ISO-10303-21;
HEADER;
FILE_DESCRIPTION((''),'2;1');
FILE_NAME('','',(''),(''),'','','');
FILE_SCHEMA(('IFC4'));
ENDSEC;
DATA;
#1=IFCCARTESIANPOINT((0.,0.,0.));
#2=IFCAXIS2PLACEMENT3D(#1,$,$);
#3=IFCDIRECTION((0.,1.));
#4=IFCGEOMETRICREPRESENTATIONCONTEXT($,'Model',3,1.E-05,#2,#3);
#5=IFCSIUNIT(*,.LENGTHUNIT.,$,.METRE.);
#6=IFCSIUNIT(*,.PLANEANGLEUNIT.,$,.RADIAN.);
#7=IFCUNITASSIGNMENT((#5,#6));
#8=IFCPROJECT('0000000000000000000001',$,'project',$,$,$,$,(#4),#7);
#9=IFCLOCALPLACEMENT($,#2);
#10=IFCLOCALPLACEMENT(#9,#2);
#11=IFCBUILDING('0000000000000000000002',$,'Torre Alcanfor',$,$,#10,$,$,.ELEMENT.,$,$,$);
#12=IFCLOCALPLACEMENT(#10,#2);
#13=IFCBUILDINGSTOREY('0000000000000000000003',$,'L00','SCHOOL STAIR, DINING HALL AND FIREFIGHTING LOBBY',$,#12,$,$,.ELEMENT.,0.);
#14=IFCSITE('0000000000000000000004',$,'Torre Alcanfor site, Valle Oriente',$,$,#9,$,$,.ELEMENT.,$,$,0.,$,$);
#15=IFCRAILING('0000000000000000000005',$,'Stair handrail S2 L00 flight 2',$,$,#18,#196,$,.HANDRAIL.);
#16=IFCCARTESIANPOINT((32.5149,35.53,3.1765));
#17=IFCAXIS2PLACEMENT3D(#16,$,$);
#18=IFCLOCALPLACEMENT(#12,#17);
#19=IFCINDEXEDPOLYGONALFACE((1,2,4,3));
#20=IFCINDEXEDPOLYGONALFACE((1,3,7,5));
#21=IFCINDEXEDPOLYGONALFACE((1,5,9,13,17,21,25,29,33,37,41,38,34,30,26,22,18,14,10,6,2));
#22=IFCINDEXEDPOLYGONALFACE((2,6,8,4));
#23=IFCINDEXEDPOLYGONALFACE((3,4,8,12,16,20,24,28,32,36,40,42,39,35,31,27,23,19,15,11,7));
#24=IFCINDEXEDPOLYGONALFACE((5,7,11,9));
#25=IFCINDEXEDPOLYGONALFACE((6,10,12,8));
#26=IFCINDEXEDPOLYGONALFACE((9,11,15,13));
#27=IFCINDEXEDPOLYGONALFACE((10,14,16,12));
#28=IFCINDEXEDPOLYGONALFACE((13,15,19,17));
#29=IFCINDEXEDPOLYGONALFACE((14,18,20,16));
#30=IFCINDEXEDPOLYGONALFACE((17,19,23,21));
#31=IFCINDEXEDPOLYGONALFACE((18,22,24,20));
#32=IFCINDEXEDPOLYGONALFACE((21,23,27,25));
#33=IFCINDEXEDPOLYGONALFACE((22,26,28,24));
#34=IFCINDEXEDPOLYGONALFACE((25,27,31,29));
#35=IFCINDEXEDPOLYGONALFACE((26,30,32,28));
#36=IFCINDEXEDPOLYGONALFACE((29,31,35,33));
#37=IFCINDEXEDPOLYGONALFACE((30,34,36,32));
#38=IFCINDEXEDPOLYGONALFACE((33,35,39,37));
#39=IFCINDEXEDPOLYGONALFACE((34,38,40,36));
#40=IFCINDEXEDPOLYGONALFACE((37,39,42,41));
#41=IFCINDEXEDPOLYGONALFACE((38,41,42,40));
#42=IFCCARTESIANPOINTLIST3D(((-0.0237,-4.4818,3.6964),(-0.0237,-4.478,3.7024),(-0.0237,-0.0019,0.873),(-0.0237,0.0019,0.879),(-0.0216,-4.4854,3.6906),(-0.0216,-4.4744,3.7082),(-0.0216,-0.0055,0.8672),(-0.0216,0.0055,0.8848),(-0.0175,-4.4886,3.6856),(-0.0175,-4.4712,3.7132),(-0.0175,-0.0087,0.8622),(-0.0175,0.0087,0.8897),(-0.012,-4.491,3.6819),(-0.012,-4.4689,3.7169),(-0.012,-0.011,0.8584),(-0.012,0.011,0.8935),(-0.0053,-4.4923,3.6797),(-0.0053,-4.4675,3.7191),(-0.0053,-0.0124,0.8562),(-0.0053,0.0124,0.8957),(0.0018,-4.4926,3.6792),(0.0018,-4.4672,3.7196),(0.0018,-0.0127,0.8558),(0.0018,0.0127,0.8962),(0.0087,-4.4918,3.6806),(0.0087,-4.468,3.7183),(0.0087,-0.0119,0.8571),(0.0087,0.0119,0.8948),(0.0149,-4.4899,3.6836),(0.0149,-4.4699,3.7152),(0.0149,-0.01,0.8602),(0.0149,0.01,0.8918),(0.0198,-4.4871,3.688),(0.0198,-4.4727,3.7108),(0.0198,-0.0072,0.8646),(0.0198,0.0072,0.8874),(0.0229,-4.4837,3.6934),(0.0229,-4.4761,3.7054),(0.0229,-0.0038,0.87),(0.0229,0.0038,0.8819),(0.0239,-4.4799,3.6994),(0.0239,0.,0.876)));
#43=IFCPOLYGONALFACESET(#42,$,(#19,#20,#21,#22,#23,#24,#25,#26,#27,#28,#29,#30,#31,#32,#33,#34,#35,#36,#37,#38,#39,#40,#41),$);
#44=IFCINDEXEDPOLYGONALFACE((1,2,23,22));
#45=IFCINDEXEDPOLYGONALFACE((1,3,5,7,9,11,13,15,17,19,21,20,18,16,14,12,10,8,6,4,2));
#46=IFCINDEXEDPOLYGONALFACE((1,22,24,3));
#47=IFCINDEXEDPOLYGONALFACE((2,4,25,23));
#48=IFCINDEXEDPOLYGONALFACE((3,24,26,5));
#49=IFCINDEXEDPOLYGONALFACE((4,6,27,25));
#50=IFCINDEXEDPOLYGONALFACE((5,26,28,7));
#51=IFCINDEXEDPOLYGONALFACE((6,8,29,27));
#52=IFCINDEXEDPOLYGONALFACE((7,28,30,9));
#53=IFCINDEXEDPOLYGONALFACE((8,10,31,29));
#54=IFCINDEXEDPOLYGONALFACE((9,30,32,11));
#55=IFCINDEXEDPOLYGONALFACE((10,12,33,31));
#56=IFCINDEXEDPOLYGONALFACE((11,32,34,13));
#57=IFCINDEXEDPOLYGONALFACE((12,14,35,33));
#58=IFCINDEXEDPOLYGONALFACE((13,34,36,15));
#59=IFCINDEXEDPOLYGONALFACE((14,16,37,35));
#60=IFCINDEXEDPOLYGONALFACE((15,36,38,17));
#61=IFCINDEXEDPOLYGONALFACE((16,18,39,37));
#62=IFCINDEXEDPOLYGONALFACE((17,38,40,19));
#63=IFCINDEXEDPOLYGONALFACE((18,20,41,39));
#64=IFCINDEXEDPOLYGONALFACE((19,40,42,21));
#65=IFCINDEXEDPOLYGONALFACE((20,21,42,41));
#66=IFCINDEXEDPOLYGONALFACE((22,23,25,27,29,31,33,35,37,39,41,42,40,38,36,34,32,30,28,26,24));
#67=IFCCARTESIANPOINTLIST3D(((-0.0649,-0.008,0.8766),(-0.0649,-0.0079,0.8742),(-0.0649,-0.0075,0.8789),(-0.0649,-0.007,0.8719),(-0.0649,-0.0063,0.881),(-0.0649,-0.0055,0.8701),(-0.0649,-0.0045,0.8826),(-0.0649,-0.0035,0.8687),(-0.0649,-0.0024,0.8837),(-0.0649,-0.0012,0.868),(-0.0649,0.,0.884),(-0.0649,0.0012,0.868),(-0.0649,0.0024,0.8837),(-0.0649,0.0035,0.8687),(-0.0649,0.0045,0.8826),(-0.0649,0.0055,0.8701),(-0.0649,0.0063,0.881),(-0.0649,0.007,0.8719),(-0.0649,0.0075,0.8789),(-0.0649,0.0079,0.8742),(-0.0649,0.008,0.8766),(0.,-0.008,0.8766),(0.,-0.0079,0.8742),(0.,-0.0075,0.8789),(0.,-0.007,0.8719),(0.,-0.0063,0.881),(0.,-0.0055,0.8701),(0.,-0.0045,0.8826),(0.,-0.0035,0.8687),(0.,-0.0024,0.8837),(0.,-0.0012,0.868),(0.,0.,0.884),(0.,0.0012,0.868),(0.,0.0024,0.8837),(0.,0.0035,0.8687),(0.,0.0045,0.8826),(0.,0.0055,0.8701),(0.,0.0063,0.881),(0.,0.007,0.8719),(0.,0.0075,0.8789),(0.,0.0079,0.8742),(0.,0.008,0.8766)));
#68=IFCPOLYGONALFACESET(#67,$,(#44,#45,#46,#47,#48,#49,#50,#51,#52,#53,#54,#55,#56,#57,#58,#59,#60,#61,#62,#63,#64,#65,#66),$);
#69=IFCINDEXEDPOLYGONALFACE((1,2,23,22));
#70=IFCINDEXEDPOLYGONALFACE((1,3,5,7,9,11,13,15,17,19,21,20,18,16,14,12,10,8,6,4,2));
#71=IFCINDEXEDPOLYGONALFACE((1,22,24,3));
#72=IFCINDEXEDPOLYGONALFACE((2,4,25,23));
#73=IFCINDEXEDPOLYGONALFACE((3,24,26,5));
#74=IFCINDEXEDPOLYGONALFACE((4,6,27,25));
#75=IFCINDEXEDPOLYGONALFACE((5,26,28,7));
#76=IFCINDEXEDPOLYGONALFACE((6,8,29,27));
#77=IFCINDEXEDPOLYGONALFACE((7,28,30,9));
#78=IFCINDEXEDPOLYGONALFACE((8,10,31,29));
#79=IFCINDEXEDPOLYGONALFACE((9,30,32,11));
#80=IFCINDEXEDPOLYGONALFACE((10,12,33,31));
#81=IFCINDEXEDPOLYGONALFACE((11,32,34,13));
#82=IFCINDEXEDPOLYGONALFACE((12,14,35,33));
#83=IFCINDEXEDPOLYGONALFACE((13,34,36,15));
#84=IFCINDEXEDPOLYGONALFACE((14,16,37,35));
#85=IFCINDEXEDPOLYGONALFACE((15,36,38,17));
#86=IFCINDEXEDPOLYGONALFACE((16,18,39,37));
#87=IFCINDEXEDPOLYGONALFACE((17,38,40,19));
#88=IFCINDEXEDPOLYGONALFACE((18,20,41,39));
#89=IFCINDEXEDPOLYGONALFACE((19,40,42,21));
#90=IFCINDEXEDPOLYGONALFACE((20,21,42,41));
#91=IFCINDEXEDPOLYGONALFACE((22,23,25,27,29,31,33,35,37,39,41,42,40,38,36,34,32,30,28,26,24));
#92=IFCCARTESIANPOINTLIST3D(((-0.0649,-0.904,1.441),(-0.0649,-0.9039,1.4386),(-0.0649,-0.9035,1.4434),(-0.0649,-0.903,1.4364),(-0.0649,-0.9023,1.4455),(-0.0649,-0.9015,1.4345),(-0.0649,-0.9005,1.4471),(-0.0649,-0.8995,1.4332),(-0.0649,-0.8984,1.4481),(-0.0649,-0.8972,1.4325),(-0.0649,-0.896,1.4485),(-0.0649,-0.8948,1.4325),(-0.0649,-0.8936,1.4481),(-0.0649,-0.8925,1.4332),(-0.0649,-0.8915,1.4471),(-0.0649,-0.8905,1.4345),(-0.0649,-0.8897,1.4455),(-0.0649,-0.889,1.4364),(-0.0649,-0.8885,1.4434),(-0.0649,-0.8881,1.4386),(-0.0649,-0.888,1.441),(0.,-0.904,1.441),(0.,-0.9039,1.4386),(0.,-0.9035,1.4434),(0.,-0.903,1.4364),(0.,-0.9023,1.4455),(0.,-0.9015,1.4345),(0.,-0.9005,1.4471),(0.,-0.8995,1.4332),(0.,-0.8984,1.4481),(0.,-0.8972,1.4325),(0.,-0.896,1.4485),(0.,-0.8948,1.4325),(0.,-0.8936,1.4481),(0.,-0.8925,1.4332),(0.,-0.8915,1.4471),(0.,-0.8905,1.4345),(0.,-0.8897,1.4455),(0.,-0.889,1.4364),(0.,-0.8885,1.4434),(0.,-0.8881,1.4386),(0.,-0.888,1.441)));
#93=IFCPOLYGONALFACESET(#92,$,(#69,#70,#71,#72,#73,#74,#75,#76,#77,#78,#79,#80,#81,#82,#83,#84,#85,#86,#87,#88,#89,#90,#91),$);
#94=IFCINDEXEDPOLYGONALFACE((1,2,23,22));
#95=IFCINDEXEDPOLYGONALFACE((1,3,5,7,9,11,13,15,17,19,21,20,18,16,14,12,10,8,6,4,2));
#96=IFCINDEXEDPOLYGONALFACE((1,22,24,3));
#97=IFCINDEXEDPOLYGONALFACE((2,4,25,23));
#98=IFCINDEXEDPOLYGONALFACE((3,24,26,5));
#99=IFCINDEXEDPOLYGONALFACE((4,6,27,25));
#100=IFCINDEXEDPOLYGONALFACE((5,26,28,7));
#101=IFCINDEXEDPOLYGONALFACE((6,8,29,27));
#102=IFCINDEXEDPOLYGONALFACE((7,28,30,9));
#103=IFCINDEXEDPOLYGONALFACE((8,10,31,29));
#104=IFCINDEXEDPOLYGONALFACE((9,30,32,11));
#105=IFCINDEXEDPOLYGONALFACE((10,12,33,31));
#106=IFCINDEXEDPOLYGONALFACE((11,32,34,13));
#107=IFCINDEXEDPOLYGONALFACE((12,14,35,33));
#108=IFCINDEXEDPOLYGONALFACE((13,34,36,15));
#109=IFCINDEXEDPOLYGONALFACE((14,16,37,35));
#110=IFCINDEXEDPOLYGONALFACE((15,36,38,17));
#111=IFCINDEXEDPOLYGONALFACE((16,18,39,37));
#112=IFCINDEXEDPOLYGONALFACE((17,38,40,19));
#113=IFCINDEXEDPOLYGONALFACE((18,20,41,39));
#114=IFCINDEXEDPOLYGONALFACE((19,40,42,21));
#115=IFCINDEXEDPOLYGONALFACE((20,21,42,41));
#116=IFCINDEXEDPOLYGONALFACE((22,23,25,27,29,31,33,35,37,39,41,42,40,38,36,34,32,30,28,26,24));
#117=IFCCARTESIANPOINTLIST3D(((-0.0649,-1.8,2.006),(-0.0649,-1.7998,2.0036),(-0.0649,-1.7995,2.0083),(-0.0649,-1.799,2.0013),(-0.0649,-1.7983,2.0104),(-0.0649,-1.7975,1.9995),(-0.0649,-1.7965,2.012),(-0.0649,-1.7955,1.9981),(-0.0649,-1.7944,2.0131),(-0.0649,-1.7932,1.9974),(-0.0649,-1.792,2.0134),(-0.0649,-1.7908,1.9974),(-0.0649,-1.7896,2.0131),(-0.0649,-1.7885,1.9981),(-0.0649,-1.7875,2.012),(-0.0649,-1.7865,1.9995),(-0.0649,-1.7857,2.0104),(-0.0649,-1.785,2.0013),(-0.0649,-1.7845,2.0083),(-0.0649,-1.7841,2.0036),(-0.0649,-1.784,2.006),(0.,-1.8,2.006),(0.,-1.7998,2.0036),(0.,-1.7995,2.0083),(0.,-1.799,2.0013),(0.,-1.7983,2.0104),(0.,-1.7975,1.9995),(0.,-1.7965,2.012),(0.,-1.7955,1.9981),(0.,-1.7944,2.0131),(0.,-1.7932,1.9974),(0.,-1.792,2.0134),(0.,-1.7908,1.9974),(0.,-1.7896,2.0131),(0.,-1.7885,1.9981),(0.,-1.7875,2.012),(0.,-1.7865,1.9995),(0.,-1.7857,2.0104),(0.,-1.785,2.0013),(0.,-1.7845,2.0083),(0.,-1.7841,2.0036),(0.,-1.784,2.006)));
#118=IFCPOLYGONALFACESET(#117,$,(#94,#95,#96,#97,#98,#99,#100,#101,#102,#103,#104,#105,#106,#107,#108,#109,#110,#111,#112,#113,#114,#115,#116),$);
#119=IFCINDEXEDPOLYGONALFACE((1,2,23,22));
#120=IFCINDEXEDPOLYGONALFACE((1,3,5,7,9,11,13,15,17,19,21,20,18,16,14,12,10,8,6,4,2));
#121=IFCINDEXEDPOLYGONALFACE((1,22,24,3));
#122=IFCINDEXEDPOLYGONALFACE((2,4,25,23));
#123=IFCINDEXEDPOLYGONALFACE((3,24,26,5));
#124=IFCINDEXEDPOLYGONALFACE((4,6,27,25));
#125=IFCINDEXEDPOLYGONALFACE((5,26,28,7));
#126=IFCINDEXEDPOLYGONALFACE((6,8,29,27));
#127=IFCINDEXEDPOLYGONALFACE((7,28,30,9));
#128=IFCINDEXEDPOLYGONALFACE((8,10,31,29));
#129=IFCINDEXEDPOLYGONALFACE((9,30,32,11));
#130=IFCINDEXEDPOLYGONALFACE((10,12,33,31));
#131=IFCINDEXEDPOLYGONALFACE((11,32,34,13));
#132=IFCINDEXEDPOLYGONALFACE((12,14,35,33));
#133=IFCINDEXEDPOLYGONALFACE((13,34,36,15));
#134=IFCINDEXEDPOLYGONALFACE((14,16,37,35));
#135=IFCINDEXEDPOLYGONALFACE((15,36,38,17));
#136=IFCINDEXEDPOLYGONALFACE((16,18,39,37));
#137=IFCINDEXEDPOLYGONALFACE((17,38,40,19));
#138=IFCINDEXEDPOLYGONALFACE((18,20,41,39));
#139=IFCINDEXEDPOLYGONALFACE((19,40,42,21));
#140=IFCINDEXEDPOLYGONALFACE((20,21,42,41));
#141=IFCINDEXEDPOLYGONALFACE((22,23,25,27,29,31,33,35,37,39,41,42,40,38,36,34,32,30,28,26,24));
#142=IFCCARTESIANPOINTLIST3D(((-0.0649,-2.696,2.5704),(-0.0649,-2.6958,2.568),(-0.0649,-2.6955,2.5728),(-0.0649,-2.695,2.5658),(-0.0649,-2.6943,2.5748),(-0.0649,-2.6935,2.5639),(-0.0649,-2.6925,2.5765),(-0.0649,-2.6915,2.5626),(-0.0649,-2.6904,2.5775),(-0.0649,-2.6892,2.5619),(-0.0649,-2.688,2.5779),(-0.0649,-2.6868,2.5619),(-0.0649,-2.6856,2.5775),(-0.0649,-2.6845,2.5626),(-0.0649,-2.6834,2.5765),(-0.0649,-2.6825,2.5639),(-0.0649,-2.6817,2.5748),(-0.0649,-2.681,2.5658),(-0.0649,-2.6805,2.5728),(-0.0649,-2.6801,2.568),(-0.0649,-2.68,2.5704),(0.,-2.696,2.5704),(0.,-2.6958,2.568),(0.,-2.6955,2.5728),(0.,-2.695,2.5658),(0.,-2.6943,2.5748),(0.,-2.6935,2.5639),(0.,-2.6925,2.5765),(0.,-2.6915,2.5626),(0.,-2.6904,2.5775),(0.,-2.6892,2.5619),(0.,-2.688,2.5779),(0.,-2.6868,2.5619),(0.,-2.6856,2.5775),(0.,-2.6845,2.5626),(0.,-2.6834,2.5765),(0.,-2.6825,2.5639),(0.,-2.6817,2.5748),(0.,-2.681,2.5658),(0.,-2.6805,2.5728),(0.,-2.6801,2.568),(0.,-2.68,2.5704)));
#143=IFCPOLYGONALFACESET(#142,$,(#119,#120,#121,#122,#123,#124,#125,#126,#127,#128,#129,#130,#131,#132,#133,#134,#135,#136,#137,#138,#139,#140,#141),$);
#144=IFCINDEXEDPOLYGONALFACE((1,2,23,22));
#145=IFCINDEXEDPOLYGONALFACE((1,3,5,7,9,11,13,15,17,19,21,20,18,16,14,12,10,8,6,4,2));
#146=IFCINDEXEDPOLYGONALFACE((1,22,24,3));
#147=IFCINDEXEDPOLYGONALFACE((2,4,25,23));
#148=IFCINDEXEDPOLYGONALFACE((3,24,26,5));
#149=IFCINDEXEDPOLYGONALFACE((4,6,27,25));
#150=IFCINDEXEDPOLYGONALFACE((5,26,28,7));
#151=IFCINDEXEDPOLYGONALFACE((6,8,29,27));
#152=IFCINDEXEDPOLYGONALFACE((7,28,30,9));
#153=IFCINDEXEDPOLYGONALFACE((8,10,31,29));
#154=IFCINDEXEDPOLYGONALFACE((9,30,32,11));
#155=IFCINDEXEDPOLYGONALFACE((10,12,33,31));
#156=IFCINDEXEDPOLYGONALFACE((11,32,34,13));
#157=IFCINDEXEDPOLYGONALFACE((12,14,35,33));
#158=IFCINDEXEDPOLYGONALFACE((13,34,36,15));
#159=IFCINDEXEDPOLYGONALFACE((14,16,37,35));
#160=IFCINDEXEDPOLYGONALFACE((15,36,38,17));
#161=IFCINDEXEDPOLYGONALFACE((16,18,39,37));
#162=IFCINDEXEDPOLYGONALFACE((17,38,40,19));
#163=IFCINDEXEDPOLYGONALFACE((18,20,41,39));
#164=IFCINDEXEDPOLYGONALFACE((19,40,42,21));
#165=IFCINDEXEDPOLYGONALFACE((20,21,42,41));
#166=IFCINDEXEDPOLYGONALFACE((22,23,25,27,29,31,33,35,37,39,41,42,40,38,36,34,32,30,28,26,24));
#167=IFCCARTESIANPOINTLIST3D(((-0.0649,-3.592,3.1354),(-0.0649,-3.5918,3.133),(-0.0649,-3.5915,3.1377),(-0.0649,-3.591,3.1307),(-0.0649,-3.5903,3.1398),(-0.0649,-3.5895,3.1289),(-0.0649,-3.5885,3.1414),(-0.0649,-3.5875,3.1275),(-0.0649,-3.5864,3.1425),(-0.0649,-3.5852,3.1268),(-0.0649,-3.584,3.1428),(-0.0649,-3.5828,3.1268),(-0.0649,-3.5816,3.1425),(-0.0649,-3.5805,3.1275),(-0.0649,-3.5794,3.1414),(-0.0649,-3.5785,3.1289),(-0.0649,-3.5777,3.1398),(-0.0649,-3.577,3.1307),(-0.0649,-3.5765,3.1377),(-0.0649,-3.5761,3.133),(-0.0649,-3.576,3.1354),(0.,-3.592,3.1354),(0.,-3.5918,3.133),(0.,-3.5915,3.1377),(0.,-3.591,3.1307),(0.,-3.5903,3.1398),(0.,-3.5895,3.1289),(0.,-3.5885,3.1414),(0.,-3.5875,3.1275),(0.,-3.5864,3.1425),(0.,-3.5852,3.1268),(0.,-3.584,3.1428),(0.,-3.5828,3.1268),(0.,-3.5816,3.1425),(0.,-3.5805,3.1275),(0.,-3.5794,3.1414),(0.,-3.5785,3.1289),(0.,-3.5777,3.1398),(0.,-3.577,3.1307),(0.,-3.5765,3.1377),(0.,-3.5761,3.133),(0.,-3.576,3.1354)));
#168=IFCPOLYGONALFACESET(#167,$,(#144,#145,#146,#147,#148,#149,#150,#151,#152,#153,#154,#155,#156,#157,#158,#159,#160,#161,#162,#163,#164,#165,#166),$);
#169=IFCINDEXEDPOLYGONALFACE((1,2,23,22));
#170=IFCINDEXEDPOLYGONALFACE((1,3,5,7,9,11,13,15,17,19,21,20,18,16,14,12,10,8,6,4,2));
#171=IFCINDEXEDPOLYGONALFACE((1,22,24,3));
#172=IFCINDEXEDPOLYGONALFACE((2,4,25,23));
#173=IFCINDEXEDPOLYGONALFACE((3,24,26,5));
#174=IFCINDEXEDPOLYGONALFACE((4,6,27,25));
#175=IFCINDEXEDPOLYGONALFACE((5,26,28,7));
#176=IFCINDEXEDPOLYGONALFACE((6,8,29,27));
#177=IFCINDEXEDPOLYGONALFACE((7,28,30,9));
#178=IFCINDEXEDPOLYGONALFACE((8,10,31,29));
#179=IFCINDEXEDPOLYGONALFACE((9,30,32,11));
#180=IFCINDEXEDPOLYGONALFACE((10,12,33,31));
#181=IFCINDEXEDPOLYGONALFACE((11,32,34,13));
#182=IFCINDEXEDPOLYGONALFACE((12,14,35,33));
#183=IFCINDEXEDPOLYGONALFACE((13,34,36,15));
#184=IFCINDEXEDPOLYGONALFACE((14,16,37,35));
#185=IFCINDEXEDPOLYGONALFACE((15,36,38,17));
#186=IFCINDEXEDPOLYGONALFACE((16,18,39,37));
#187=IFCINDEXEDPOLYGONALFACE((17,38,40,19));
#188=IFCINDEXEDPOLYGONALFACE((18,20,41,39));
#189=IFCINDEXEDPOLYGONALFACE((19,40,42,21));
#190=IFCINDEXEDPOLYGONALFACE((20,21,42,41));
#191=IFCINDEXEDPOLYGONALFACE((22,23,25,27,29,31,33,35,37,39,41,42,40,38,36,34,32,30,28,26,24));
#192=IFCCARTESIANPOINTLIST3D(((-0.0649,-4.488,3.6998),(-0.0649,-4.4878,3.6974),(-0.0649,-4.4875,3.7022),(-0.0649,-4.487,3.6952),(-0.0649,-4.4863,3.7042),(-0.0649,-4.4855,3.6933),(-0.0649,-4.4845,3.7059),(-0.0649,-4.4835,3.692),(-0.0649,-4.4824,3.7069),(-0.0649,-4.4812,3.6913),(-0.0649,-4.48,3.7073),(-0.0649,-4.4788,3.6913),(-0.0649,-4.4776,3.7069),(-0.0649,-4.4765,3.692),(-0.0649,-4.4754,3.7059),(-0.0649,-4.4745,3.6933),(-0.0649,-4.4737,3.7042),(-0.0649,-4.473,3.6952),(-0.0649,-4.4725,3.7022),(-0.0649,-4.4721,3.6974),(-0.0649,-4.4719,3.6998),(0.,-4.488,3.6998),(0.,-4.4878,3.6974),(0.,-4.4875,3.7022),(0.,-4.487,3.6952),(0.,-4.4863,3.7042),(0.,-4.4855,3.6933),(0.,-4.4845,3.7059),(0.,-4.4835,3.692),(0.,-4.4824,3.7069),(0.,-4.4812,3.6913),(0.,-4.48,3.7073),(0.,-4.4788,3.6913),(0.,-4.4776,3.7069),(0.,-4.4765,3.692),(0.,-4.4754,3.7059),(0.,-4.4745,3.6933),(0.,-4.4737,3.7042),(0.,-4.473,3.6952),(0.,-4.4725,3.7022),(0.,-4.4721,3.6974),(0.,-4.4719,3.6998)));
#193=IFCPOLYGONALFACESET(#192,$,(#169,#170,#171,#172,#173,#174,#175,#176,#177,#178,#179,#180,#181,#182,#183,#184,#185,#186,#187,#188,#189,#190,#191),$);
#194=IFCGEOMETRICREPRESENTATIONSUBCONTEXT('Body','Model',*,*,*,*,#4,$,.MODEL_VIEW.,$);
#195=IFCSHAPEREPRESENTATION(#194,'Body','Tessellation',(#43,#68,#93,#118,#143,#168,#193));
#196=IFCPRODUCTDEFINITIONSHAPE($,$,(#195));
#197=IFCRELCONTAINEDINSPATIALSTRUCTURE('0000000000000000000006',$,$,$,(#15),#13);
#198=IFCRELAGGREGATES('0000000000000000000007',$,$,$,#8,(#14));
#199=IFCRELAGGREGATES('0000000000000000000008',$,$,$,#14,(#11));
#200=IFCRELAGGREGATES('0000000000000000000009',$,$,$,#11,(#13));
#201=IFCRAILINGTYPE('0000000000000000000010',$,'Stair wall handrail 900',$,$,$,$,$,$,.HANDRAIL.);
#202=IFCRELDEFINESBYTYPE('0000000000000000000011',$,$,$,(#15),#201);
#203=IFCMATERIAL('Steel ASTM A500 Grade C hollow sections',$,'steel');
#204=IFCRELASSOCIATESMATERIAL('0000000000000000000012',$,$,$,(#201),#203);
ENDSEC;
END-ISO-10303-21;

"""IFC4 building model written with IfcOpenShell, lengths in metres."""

from ifc_helpers import new_model, si_unit, direction, frame, origin, origin_2d, place, context, subcontext, project, spatial, circle, extrude, material, type_object, element, save


model = new_model("IFC4")

# Units and contexts
model_context = context("Model", 3, precision=1e-05, world=origin(), true_north=direction((0.0, 1.0)))
body_context = subcontext(model_context, "Body", "Model", "MODEL_VIEW")
ifc_project = project(units=[si_unit("LENGTHUNIT", "METRE"), si_unit("PLANEANGLEUNIT", "RADIAN")], contexts=[model_context])

# Site, building, storey
site_placement = place(None, origin())
site = spatial("IfcSite", under=ifc_project, at=site_placement, Name="Torre Alcanfor site, Valle Oriente", CompositionType="ELEMENT", RefElevation=0.0)
building_placement = place(site_placement, origin())
building = spatial("IfcBuilding", under=site, at=building_placement, Name="Torre Alcanfor", CompositionType="ELEMENT")
storey_placement = place(building_placement, origin())
storey = spatial("IfcBuildingStorey", under=building, at=storey_placement, Name="L00", Description="SCHOOL STAIR, DINING HALL AND FIREFIGHTING LOBBY", CompositionType="ELEMENT", Elevation=0.0)

# Railing
ifc_material_1 = material(Name="Steel ASTM A500 Grade C hollow sections", Category="steel")
railing_type_1 = type_object("IfcRailingType", Name="Stair wall handrail 900", PredefinedType="HANDRAIL", material=ifc_material_1)
railing_1_placement = place(storey_placement, frame((32.5149, 35.53, 3.1765)))
element("IfcRailing", 1, at=railing_1_placement, inside=storey, type_object=railing_type_1, Name="Stair handrail S2 L00 flight 2", PredefinedType="HANDRAIL", context=body_context, shape_type="SweptSolid", body=[
    extrude(circle(Radius=0.0239, at=origin_2d()), frame((0.0, 0.0, 0.876), z_axis=(0.0, -0.845998, 0.533186), x_axis=(1.0, 0.0, 0.0)), (0.0, 0.0, 1.0), 5.2954),
    extrude(circle(Radius=0.0081, at=origin_2d()), frame((0.0, 0.0, 0.876), z_axis=(-1.0, 0.0, 0.0), x_axis=(0.0, 0.0, 1.0)), (0.0, 0.0, 1.0), 0.0649),
    extrude(circle(Radius=0.0081, at=origin_2d()), frame((0.0, -0.896, 1.4404), z_axis=(-1.0, 0.0, 0.0), x_axis=(0.0, 0.0, 1.0)), (0.0, 0.0, 1.0), 0.0649),
    extrude(circle(Radius=0.0081, at=origin_2d()), frame((0.0, -1.792, 2.0054), z_axis=(-1.0, 0.0, 0.0), x_axis=(0.0, 0.0, 1.0)), (0.0, 0.0, 1.0), 0.0649),
    extrude(circle(Radius=0.0081, at=origin_2d()), frame((0.0, -2.688, 2.5698), z_axis=(-1.0, 0.0, 0.0), x_axis=(0.0, 0.0, 1.0)), (0.0, 0.0, 1.0), 0.0649),
    extrude(circle(Radius=0.0081, at=origin_2d()), frame((0.0, -3.584, 3.1348), z_axis=(-1.0, 0.0, 0.0), x_axis=(0.0, 0.0, 1.0)), (0.0, 0.0, 1.0), 0.0649),
    extrude(circle(Radius=0.0081, at=origin_2d()), frame((0.0, -4.48, 3.6992), z_axis=(-1.0, 0.0, 0.0), x_axis=(0.0, 0.0, 1.0)), (0.0, 0.0, 1.0), 0.0649),
])

save(model, "model.ifc")
